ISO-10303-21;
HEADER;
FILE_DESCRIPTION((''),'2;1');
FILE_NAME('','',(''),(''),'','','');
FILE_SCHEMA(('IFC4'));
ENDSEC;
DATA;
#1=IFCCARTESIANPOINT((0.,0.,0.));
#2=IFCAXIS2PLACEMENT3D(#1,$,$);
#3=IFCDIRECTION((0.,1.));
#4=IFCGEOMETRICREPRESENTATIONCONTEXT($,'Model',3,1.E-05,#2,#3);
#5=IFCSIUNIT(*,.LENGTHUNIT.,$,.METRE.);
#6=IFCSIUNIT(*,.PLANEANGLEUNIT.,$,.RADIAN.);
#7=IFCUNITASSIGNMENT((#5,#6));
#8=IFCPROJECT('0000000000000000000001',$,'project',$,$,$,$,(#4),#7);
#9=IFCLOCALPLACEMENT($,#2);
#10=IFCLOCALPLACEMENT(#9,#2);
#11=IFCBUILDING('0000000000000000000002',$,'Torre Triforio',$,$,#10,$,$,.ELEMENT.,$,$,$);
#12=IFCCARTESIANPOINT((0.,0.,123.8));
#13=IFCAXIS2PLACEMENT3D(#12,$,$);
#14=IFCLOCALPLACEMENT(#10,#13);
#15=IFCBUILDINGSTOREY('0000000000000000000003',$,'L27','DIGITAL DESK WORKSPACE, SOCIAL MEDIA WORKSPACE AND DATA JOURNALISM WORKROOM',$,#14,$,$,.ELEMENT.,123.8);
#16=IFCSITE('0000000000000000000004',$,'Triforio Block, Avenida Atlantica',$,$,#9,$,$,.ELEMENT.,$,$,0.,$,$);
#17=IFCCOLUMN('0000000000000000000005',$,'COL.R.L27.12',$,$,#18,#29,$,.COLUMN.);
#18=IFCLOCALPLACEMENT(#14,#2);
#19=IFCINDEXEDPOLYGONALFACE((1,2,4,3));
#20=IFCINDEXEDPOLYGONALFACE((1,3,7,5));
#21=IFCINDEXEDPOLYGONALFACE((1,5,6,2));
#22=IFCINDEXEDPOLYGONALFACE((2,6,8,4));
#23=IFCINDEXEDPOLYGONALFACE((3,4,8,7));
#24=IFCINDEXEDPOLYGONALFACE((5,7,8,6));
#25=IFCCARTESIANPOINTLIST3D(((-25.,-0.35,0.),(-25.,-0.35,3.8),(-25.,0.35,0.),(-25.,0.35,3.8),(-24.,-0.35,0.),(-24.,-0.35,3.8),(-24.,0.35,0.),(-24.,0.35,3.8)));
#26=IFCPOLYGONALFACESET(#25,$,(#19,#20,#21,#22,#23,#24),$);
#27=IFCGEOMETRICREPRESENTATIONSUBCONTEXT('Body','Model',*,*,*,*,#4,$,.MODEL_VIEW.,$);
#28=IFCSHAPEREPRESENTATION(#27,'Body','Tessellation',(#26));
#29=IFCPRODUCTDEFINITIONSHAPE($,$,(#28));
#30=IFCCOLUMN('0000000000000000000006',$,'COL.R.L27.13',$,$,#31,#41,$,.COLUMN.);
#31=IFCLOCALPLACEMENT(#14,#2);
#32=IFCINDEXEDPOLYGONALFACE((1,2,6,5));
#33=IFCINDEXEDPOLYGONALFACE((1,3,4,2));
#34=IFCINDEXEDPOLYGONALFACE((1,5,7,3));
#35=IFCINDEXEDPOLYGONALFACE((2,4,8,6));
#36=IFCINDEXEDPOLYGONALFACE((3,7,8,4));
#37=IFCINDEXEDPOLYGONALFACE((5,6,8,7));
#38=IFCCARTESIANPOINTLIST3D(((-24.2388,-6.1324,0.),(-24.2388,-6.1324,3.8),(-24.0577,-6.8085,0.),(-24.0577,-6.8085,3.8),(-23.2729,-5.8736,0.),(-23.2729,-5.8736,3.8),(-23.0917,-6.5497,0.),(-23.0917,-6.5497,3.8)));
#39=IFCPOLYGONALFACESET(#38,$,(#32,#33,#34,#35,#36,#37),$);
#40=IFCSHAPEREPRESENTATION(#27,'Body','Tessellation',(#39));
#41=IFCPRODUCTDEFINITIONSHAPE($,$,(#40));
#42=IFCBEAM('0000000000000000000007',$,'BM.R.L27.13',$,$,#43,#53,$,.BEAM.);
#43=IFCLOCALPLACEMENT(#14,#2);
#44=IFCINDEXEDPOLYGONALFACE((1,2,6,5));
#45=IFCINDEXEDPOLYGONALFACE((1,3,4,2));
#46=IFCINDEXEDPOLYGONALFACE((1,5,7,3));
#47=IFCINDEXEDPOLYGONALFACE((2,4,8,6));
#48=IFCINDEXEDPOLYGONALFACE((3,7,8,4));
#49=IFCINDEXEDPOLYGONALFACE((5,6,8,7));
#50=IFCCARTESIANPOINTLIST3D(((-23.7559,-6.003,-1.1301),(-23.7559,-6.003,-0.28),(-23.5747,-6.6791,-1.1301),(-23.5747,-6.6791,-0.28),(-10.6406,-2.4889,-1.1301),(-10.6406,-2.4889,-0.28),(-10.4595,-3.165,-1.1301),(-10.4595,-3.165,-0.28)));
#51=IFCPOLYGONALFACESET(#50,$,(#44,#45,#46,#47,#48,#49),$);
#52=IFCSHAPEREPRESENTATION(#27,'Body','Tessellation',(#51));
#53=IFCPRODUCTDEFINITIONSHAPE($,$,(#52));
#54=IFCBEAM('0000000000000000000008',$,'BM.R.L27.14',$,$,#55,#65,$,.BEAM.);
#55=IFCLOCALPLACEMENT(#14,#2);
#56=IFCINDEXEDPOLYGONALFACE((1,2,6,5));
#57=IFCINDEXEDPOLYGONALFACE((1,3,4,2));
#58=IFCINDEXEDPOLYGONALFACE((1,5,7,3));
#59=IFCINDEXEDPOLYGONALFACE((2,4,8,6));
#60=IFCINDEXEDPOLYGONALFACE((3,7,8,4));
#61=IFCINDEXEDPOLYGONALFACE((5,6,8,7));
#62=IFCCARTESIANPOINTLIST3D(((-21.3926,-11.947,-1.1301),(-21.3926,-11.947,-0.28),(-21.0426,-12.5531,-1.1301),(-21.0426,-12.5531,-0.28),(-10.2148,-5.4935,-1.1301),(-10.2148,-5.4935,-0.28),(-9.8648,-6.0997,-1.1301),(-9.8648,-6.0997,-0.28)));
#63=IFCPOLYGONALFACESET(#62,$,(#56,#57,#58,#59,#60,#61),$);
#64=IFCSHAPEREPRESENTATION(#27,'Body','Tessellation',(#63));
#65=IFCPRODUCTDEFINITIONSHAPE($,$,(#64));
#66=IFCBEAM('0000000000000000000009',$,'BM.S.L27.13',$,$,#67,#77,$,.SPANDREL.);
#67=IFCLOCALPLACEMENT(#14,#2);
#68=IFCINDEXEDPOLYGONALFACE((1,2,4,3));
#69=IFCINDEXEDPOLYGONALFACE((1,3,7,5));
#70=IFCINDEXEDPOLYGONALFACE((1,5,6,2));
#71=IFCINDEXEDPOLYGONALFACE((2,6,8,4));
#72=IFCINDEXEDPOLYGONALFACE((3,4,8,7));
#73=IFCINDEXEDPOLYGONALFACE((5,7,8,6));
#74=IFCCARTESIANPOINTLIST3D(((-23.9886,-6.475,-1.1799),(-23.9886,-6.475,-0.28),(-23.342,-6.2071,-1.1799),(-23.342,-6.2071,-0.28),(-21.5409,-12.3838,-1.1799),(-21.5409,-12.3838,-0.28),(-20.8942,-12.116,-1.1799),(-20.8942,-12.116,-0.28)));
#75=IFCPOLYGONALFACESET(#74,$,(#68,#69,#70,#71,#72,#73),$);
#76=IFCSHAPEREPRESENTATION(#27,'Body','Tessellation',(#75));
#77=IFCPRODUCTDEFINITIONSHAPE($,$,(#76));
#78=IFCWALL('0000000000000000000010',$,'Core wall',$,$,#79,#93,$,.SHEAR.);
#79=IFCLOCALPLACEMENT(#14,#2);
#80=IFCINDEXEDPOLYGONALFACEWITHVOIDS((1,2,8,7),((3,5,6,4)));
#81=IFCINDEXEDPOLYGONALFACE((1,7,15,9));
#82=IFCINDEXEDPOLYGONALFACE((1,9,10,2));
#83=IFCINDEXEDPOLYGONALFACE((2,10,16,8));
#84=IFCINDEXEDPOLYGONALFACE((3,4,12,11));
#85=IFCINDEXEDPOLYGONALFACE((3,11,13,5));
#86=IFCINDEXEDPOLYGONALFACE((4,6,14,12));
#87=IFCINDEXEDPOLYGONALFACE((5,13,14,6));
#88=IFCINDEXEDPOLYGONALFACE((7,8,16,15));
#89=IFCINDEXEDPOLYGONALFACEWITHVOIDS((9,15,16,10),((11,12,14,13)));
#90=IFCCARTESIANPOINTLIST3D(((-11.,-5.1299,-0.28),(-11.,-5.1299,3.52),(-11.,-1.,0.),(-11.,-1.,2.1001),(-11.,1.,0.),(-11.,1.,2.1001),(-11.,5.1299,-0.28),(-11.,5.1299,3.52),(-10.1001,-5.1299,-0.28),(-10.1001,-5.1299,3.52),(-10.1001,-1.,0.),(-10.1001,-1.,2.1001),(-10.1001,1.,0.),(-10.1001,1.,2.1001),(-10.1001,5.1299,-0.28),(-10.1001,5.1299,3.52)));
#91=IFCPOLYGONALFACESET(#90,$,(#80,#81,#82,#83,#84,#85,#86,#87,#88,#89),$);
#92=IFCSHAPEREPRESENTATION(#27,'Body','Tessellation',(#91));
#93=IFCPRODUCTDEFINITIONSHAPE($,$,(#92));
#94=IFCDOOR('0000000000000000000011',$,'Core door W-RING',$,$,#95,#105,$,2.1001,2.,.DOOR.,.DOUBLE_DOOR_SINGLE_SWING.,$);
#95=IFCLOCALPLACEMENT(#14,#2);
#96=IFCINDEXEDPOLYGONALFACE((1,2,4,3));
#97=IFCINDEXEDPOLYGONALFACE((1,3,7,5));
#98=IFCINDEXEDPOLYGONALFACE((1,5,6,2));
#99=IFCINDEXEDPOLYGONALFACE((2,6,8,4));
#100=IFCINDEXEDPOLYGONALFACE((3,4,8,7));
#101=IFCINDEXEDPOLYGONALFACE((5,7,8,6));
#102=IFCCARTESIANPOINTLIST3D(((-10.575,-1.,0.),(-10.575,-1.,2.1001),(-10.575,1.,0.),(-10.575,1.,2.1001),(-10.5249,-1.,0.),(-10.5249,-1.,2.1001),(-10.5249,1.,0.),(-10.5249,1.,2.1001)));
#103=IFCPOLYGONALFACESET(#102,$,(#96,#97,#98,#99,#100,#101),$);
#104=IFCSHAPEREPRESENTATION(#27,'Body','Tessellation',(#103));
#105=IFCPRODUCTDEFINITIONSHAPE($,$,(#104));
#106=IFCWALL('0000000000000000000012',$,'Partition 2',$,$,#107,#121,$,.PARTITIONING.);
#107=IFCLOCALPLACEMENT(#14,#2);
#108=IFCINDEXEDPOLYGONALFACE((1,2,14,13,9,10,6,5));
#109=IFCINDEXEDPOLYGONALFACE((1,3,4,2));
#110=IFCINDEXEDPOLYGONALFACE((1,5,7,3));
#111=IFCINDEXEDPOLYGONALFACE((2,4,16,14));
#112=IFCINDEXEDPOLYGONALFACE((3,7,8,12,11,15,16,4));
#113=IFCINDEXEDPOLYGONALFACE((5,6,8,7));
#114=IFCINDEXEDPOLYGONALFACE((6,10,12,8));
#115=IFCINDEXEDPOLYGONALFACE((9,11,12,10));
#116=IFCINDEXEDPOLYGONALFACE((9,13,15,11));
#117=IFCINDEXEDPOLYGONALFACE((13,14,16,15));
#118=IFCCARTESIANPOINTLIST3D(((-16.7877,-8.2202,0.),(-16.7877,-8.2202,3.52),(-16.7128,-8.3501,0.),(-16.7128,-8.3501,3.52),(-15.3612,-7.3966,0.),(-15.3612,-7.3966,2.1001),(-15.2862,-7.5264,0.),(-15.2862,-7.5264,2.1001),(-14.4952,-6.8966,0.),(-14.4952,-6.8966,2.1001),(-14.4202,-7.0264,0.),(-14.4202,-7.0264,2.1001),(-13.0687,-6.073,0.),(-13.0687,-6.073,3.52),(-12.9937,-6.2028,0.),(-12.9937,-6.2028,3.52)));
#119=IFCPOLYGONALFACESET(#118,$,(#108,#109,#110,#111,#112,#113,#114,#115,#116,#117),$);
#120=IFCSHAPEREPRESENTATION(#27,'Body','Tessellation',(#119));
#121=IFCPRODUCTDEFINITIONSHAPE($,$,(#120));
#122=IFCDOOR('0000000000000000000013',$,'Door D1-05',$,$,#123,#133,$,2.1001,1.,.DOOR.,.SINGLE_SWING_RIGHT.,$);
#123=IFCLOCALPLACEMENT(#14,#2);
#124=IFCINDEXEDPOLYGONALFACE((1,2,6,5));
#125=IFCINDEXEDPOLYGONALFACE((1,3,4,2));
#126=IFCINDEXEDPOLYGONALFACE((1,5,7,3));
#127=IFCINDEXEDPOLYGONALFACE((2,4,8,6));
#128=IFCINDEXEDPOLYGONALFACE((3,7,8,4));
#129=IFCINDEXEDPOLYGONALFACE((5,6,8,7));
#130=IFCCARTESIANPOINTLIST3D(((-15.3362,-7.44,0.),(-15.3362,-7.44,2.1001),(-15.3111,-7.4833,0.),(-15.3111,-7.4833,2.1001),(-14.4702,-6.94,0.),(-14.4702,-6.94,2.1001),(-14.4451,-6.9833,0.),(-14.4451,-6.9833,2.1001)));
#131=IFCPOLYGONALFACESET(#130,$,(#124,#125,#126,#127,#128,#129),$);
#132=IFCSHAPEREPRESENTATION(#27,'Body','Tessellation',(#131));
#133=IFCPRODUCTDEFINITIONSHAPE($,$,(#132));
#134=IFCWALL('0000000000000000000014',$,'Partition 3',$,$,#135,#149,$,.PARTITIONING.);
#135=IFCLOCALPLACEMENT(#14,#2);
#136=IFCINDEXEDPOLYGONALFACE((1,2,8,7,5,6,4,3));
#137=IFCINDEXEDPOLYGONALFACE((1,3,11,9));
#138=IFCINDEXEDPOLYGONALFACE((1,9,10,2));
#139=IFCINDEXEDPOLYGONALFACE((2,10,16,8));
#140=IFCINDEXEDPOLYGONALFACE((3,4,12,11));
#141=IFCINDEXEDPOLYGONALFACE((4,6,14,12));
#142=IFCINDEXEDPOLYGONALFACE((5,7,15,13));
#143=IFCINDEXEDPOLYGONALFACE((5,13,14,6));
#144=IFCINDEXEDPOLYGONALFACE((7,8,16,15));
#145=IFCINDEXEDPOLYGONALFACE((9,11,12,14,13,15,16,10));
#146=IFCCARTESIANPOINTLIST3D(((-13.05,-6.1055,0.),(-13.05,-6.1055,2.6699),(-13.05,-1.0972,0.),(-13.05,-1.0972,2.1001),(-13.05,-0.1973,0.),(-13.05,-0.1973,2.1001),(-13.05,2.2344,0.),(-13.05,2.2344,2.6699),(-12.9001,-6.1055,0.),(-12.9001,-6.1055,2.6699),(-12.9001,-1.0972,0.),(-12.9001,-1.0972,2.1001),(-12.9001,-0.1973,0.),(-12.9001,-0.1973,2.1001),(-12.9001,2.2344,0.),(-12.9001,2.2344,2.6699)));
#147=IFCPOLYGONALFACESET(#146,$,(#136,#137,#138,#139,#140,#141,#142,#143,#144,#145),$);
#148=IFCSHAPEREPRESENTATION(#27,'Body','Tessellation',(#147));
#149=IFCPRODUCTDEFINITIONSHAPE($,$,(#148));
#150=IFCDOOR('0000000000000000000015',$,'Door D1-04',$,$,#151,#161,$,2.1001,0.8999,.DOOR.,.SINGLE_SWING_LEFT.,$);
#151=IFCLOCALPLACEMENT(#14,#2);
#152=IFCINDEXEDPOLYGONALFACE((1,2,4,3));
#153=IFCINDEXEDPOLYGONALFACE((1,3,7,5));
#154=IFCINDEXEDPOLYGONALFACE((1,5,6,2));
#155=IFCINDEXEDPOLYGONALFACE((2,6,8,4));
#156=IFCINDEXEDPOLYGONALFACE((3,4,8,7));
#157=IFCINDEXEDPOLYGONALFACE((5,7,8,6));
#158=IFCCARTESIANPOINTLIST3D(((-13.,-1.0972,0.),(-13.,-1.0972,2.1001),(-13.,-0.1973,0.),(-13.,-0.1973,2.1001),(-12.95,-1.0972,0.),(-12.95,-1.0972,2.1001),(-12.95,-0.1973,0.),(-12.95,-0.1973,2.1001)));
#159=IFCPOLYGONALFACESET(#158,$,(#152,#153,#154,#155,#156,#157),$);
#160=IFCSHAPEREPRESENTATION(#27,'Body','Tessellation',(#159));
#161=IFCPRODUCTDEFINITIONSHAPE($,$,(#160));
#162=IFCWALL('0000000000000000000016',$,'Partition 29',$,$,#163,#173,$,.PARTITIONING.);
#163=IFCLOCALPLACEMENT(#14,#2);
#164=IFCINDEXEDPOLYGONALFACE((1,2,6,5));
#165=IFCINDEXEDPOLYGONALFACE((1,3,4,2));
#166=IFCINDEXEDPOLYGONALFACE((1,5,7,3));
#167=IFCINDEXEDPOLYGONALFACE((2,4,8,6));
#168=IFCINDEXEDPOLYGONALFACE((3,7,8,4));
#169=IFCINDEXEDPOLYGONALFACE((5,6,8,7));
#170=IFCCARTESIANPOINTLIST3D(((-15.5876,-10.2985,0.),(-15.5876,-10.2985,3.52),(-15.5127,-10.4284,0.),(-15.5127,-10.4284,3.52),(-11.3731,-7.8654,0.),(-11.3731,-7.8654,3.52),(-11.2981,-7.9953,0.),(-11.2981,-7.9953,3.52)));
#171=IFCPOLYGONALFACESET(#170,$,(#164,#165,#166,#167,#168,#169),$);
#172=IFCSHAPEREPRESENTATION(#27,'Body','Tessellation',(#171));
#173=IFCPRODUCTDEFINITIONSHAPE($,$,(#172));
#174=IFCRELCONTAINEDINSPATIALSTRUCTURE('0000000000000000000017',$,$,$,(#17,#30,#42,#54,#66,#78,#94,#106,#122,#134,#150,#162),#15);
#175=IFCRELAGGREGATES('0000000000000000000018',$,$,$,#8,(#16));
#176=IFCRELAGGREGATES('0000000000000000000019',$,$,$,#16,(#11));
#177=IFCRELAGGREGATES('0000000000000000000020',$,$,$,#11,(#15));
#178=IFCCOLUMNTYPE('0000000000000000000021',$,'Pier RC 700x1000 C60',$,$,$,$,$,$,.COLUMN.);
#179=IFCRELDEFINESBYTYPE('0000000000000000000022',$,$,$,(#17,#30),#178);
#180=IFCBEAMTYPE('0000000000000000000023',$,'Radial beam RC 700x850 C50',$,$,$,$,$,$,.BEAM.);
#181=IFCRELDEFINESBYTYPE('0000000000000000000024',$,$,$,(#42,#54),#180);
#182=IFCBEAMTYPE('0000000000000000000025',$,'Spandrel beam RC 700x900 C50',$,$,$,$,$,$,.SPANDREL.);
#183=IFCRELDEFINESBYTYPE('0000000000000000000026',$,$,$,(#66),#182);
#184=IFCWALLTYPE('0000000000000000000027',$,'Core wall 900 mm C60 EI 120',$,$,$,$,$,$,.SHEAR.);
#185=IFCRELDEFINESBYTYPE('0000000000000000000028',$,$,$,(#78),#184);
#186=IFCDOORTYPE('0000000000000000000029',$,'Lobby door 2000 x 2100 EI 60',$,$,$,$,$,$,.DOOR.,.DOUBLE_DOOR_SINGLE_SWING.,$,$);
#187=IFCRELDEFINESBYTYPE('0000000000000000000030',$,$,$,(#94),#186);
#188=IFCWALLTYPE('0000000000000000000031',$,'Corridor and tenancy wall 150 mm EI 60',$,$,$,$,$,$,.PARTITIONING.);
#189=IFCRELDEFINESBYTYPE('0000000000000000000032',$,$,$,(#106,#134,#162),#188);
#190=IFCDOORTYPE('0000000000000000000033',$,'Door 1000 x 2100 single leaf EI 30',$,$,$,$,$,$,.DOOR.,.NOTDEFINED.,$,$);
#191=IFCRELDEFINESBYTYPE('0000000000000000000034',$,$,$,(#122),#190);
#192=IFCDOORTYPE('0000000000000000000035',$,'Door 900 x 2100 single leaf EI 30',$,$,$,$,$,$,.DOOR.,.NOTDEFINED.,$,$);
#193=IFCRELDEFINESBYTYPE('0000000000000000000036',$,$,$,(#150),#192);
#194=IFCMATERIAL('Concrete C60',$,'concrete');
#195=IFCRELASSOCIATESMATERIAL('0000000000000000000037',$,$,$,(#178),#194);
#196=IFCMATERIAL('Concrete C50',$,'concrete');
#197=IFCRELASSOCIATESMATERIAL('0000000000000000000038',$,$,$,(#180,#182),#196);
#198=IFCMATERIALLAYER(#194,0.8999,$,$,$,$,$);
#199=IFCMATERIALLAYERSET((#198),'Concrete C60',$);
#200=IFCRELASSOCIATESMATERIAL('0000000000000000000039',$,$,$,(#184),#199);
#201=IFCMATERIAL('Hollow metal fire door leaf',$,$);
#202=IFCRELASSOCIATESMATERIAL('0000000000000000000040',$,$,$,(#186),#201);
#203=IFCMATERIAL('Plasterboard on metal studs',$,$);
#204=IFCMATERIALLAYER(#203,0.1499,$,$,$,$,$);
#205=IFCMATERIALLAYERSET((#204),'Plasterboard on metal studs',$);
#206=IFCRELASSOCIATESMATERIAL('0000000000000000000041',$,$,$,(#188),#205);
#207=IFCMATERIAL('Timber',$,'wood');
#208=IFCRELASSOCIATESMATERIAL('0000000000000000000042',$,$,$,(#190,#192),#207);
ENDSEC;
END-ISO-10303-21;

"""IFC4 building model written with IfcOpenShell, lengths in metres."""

from ifc_helpers import new_model, si_unit, direction, frame, frame_2d, origin, origin_2d, place, context, subcontext, project, spatial, rectangle, extrude, material, layer, layer_set, material_profile, profile_set, type_object, element, fill, save


model = new_model("IFC4")

# Units and contexts
model_context = context("Model", 3, precision=1e-05, world=origin(), true_north=direction((0.0, 1.0)))
body_context = subcontext(model_context, "Body", "Model", "MODEL_VIEW")
ifc_project = project(units=[si_unit("LENGTHUNIT", "METRE"), si_unit("PLANEANGLEUNIT", "RADIAN")], contexts=[model_context])

# Site, building, storey
site_placement = place(None, origin())
site = spatial("IfcSite", under=ifc_project, at=site_placement, Name="Triforio Block, Avenida Atlantica", CompositionType="ELEMENT", RefElevation=0.0)
building_placement = place(site_placement, origin())
building = spatial("IfcBuilding", under=site, at=building_placement, Name="Torre Triforio", CompositionType="ELEMENT")
storey_placement = place(building_placement, frame((0.0, 0.0, 123.8)))
storey = spatial("IfcBuildingStorey", under=building, at=storey_placement, Name="L27", Description="DIGITAL DESK WORKSPACE, SOCIAL MEDIA WORKSPACE AND DATA JOURNALISM WORKROOM", CompositionType="ELEMENT", Elevation=123.8)

# Columns
ifc_material_1 = material(Name="Concrete C60", Category="concrete")
ifc_material_profile_1 = material_profile(ifc_material_1, rectangle(XDim=0.7, YDim=1.0, at=origin_2d()), Name="RC 700x1000")
ifc_profile_set_1 = profile_set([ifc_material_profile_1], Name="Concrete C60")
column_type = type_object("IfcColumnType", Name="Pier RC 700x1000 C60", PredefinedType="COLUMN", material=ifc_profile_set_1)
for number, where, z_axis, x_axis, name in (
    (1, (-24.5, 0.0, 0.0), (0.0, 0.0, 1.0), (0.0, -1.0, 0.0), "COL.R.L27.12"),
    (2, (-23.6653, -6.3411, 0.0), (0.0, 0.0, 1.0), (0.258819, -0.965926, 0.0), "COL.R.L27.13"),
):
    element("IfcColumn", number, at=place(storey_placement, frame(where, z_axis=z_axis, x_axis=x_axis)), inside=storey, type_object=column_type, Name=name, PredefinedType="COLUMN", context=body_context, shape_type="SweptSolid", body=[
        extrude(rectangle(XDim=0.7, YDim=1.0, at=origin_2d()), origin(), (0.0, 0.0, 1.0), 3.8),
    ])

# Beams
ifc_material_2 = material(Name="Concrete C50", Category="concrete")
ifc_material_profile_2 = material_profile(ifc_material_2, rectangle(XDim=0.7, YDim=0.8501, at=origin_2d()), Name="RC 700x850")
ifc_profile_set_2 = profile_set([ifc_material_profile_2], Name="Concrete C50")
beam_type_1 = type_object("IfcBeamType", Name="Radial beam RC 700x850 C50", PredefinedType="BEAM", material=ifc_profile_set_2)
beam_1_placement = place(storey_placement, frame((-10.55, -2.8269, -0.7051), z_axis=(-0.965927, -0.258815, 0.0), x_axis=(0.258815, -0.965927, 0.0)))
element("IfcBeam", 3, at=beam_1_placement, inside=storey, type_object=beam_type_1, Name="BM.R.L27.13", PredefinedType="BEAM", context=body_context, shape_type="SweptSolid", body=[
    extrude(rectangle(XDim=0.7, YDim=0.8501, at=origin_2d()), origin(), (0.0, 0.0, 1.0), 13.5779),
])
beam_2_placement = place(storey_placement, frame((-10.0398, -5.7966, -0.7051), z_axis=(-0.866029, -0.499994, 0.0), x_axis=(0.499994, -0.866029, 0.0)))
element("IfcBeam", 4, at=beam_2_placement, inside=storey, type_object=beam_type_1, Name="BM.R.L27.14", PredefinedType="BEAM", context=body_context, shape_type="SweptSolid", body=[
    extrude(rectangle(XDim=0.7, YDim=0.8501, at=origin_2d()), origin(), (0.0, 0.0, 1.0), 12.907),
])
ifc_material_profile_3 = material_profile(ifc_material_2, rectangle(XDim=0.7, YDim=0.8999, at=origin_2d()), Name="RC 700x900")
ifc_profile_set_3 = profile_set([ifc_material_profile_3], Name="Concrete C50")
beam_type_2 = type_object("IfcBeamType", Name="Spandrel beam RC 700x900 C50", PredefinedType="SPANDREL", material=ifc_profile_set_3)
beam_3_placement = place(storey_placement, frame((-23.6653, -6.3411, -0.73), z_axis=(0.382709, -0.923869, 0.0), x_axis=(0.923869, 0.382709, 0.0)))
element("IfcBeam", 5, at=beam_3_placement, inside=storey, type_object=beam_type_2, Name="BM.S.L27.13", PredefinedType="SPANDREL", context=body_context, shape_type="SweptSolid", body=[
    extrude(rectangle(XDim=0.7, YDim=0.8999, at=origin_2d()), origin(), (0.0, 0.0, 1.0), 6.3958),
])

# Walls, openings, doors
ifc_layer_1 = layer(ifc_material_1, 0.8999)
ifc_layer_set_1 = layer_set([ifc_layer_1], Name="Concrete C60")
wall_type_1 = type_object("IfcWallType", Name="Core wall 900 mm C60 EI 120", PredefinedType="SHEAR", material=ifc_layer_set_1)
wall_1_placement = place(storey_placement, frame((-10.55, -5.1299, -0.28), z_axis=(0.0, 0.0, 1.0), x_axis=(0.0, 1.0, 0.0)))
wall_1 = element("IfcWall", 6, at=wall_1_placement, inside=storey, type_object=wall_type_1, Name="Core wall", PredefinedType="SHEAR", context=body_context, shape_type="SweptSolid", body=[
    extrude(rectangle(XDim=10.2598, YDim=0.8999, at=frame_2d((5.1299, 0.0))), origin(), (0.0, 0.0, 1.0), 3.8),
])
opening_1_placement = place(wall_1_placement, frame((4.1299, 0.0, 0.28)))
opening_1 = element("IfcOpeningElement", 7, at=opening_1_placement, cuts=wall_1, PredefinedType="OPENING", context=body_context, shape_type="SweptSolid", body=[
    extrude(rectangle(XDim=2.0, YDim=2.1001, at=frame_2d((1.0, 1.05))), frame((0.0, 0.46, 0.0), z_axis=(0.0, -1.0, 0.0), x_axis=(1.0, 0.0, 0.0)), (0.0, 0.0, 1.0), 0.9199),
])
ifc_material_3 = material(Name="Hollow metal fire door leaf")
door_type_1 = type_object("IfcDoorType", Name="Lobby door 2000 x 2100 EI 60", OperationType="DOUBLE_DOOR_SINGLE_SWING", PredefinedType="DOOR", material=ifc_material_3)
door_1_placement = place(opening_1_placement, origin())
door_1 = element("IfcDoor", 8, at=door_1_placement, inside=storey, type_object=door_type_1, Name="Core door W-RING", OperationType="DOUBLE_DOOR_SINGLE_SWING", OverallHeight=2.1001, OverallWidth=2.0, PredefinedType="DOOR", context=body_context, shape_type="SweptSolid", body=[
    extrude(rectangle(XDim=2.0, YDim=2.1001, at=frame_2d((1.0, 1.05))), frame((0.0, 0.0249, 0.0), z_axis=(0.0, -1.0, 0.0), x_axis=(1.0, 0.0, 0.0)), (0.0, 0.0, 1.0), 0.05),
])
fill(opening_1, door_1)
ifc_material_4 = material(Name="Plasterboard on metal studs")
ifc_layer_2 = layer(ifc_material_4, 0.1499)
ifc_layer_set_2 = layer_set([ifc_layer_2], Name="Plasterboard on metal studs")
wall_type_2 = type_object("IfcWallType", Name="Corridor and tenancy wall 150 mm EI 60", PredefinedType="PARTITIONING", material=ifc_layer_set_2)
wall_2_placement = place(storey_placement, frame((-16.7502, -8.2852, 0.0), z_axis=(0.0, 0.0, 1.0), x_axis=(0.86602, 0.50001, 0.0)))
wall_2 = element("IfcWall", 9, at=wall_2_placement, inside=storey, type_object=wall_type_2, Name="Partition 2", PredefinedType="PARTITIONING", context=body_context, shape_type="SweptSolid", body=[
    extrude(rectangle(XDim=4.2944, YDim=0.1499, at=frame_2d((2.1472, 0.0))), origin(), (0.0, 0.0, 1.0), 3.52),
])
opening_2_placement = place(wall_2_placement, frame((1.6472, 0.0, 0.0)))
opening_2 = element("IfcOpeningElement", 10, at=opening_2_placement, cuts=wall_2, PredefinedType="OPENING", context=body_context, shape_type="SweptSolid", body=[
    extrude(rectangle(XDim=1.0, YDim=2.1001, at=frame_2d((0.5, 1.05))), frame((0.0, 0.085, 0.0), z_axis=(0.0, -1.0, 0.0), x_axis=(1.0, 0.0, 0.0)), (0.0, 0.0, 1.0), 0.1699),
])
ifc_material_5 = material(Name="Timber", Category="wood")
door_type_2 = type_object("IfcDoorType", Name="Door 1000 x 2100 single leaf EI 30", OperationType="NOTDEFINED", PredefinedType="DOOR", material=ifc_material_5)
door_2_placement = place(opening_2_placement, origin())
door_2 = element("IfcDoor", 11, at=door_2_placement, inside=storey, type_object=door_type_2, Name="Door D1-05", OperationType="SINGLE_SWING_RIGHT", OverallHeight=2.1001, OverallWidth=1.0, PredefinedType="DOOR", context=body_context, shape_type="SweptSolid", body=[
    extrude(rectangle(XDim=1.0, YDim=2.1001, at=frame_2d((0.5, 1.05))), frame((0.0, 0.0249, 0.0), z_axis=(0.0, -1.0, 0.0), x_axis=(1.0, 0.0, 0.0)), (0.0, 0.0, 1.0), 0.05),
])
fill(opening_2, door_2)
wall_3_placement = place(storey_placement, frame((-12.9751, -6.1055, 0.0), z_axis=(0.0, 0.0, 1.0), x_axis=(0.0, 1.0, 0.0)))
wall_3 = element("IfcWall", 12, at=wall_3_placement, inside=storey, type_object=wall_type_2, Name="Partition 3", PredefinedType="PARTITIONING", context=body_context, shape_type="SweptSolid", body=[
    extrude(rectangle(XDim=8.3398, YDim=0.1499, at=frame_2d((4.1699, 0.0))), origin(), (0.0, 0.0, 1.0), 2.6699),
])
opening_3_placement = place(wall_3_placement, frame((5.0083, 0.0, 0.0)))
opening_3 = element("IfcOpeningElement", 13, at=opening_3_placement, cuts=wall_3, PredefinedType="OPENING", context=body_context, shape_type="SweptSolid", body=[
    extrude(rectangle(XDim=0.8999, YDim=2.1001, at=frame_2d((0.45, 1.05))), frame((0.0, 0.085, 0.0), z_axis=(0.0, -1.0, 0.0), x_axis=(1.0, 0.0, 0.0)), (0.0, 0.0, 1.0), 0.1699),
])
door_type_3 = type_object("IfcDoorType", Name="Door 900 x 2100 single leaf EI 30", OperationType="NOTDEFINED", PredefinedType="DOOR", material=ifc_material_5)
door_3_placement = place(opening_3_placement, origin())
door_3 = element("IfcDoor", 14, at=door_3_placement, inside=storey, type_object=door_type_3, Name="Door D1-04", OperationType="SINGLE_SWING_LEFT", OverallHeight=2.1001, OverallWidth=0.8999, PredefinedType="DOOR", context=body_context, shape_type="SweptSolid", body=[
    extrude(rectangle(XDim=0.8999, YDim=2.1001, at=frame_2d((0.45, 1.05))), frame((0.0, 0.0249, 0.0), z_axis=(0.0, -1.0, 0.0), x_axis=(1.0, 0.0, 0.0)), (0.0, 0.0, 1.0), 0.05),
])
fill(opening_3, door_3)

# Wall
wall_4_placement = place(storey_placement, frame((-11.3357, -7.9304, 0.0), z_axis=(0.0, 0.0, 1.0), x_axis=(-0.866043, -0.49997, 0.0)))
element("IfcWall", 15, at=wall_4_placement, inside=storey, type_object=wall_type_2, Name="Partition 29", PredefinedType="PARTITIONING", context=body_context, shape_type="SweptSolid", body=[
    extrude(rectangle(XDim=4.8665, YDim=0.1499, at=frame_2d((2.4331, 0.0))), origin(), (0.0, 0.0, 1.0), 3.52),
])

save(model, "model.ifc")
